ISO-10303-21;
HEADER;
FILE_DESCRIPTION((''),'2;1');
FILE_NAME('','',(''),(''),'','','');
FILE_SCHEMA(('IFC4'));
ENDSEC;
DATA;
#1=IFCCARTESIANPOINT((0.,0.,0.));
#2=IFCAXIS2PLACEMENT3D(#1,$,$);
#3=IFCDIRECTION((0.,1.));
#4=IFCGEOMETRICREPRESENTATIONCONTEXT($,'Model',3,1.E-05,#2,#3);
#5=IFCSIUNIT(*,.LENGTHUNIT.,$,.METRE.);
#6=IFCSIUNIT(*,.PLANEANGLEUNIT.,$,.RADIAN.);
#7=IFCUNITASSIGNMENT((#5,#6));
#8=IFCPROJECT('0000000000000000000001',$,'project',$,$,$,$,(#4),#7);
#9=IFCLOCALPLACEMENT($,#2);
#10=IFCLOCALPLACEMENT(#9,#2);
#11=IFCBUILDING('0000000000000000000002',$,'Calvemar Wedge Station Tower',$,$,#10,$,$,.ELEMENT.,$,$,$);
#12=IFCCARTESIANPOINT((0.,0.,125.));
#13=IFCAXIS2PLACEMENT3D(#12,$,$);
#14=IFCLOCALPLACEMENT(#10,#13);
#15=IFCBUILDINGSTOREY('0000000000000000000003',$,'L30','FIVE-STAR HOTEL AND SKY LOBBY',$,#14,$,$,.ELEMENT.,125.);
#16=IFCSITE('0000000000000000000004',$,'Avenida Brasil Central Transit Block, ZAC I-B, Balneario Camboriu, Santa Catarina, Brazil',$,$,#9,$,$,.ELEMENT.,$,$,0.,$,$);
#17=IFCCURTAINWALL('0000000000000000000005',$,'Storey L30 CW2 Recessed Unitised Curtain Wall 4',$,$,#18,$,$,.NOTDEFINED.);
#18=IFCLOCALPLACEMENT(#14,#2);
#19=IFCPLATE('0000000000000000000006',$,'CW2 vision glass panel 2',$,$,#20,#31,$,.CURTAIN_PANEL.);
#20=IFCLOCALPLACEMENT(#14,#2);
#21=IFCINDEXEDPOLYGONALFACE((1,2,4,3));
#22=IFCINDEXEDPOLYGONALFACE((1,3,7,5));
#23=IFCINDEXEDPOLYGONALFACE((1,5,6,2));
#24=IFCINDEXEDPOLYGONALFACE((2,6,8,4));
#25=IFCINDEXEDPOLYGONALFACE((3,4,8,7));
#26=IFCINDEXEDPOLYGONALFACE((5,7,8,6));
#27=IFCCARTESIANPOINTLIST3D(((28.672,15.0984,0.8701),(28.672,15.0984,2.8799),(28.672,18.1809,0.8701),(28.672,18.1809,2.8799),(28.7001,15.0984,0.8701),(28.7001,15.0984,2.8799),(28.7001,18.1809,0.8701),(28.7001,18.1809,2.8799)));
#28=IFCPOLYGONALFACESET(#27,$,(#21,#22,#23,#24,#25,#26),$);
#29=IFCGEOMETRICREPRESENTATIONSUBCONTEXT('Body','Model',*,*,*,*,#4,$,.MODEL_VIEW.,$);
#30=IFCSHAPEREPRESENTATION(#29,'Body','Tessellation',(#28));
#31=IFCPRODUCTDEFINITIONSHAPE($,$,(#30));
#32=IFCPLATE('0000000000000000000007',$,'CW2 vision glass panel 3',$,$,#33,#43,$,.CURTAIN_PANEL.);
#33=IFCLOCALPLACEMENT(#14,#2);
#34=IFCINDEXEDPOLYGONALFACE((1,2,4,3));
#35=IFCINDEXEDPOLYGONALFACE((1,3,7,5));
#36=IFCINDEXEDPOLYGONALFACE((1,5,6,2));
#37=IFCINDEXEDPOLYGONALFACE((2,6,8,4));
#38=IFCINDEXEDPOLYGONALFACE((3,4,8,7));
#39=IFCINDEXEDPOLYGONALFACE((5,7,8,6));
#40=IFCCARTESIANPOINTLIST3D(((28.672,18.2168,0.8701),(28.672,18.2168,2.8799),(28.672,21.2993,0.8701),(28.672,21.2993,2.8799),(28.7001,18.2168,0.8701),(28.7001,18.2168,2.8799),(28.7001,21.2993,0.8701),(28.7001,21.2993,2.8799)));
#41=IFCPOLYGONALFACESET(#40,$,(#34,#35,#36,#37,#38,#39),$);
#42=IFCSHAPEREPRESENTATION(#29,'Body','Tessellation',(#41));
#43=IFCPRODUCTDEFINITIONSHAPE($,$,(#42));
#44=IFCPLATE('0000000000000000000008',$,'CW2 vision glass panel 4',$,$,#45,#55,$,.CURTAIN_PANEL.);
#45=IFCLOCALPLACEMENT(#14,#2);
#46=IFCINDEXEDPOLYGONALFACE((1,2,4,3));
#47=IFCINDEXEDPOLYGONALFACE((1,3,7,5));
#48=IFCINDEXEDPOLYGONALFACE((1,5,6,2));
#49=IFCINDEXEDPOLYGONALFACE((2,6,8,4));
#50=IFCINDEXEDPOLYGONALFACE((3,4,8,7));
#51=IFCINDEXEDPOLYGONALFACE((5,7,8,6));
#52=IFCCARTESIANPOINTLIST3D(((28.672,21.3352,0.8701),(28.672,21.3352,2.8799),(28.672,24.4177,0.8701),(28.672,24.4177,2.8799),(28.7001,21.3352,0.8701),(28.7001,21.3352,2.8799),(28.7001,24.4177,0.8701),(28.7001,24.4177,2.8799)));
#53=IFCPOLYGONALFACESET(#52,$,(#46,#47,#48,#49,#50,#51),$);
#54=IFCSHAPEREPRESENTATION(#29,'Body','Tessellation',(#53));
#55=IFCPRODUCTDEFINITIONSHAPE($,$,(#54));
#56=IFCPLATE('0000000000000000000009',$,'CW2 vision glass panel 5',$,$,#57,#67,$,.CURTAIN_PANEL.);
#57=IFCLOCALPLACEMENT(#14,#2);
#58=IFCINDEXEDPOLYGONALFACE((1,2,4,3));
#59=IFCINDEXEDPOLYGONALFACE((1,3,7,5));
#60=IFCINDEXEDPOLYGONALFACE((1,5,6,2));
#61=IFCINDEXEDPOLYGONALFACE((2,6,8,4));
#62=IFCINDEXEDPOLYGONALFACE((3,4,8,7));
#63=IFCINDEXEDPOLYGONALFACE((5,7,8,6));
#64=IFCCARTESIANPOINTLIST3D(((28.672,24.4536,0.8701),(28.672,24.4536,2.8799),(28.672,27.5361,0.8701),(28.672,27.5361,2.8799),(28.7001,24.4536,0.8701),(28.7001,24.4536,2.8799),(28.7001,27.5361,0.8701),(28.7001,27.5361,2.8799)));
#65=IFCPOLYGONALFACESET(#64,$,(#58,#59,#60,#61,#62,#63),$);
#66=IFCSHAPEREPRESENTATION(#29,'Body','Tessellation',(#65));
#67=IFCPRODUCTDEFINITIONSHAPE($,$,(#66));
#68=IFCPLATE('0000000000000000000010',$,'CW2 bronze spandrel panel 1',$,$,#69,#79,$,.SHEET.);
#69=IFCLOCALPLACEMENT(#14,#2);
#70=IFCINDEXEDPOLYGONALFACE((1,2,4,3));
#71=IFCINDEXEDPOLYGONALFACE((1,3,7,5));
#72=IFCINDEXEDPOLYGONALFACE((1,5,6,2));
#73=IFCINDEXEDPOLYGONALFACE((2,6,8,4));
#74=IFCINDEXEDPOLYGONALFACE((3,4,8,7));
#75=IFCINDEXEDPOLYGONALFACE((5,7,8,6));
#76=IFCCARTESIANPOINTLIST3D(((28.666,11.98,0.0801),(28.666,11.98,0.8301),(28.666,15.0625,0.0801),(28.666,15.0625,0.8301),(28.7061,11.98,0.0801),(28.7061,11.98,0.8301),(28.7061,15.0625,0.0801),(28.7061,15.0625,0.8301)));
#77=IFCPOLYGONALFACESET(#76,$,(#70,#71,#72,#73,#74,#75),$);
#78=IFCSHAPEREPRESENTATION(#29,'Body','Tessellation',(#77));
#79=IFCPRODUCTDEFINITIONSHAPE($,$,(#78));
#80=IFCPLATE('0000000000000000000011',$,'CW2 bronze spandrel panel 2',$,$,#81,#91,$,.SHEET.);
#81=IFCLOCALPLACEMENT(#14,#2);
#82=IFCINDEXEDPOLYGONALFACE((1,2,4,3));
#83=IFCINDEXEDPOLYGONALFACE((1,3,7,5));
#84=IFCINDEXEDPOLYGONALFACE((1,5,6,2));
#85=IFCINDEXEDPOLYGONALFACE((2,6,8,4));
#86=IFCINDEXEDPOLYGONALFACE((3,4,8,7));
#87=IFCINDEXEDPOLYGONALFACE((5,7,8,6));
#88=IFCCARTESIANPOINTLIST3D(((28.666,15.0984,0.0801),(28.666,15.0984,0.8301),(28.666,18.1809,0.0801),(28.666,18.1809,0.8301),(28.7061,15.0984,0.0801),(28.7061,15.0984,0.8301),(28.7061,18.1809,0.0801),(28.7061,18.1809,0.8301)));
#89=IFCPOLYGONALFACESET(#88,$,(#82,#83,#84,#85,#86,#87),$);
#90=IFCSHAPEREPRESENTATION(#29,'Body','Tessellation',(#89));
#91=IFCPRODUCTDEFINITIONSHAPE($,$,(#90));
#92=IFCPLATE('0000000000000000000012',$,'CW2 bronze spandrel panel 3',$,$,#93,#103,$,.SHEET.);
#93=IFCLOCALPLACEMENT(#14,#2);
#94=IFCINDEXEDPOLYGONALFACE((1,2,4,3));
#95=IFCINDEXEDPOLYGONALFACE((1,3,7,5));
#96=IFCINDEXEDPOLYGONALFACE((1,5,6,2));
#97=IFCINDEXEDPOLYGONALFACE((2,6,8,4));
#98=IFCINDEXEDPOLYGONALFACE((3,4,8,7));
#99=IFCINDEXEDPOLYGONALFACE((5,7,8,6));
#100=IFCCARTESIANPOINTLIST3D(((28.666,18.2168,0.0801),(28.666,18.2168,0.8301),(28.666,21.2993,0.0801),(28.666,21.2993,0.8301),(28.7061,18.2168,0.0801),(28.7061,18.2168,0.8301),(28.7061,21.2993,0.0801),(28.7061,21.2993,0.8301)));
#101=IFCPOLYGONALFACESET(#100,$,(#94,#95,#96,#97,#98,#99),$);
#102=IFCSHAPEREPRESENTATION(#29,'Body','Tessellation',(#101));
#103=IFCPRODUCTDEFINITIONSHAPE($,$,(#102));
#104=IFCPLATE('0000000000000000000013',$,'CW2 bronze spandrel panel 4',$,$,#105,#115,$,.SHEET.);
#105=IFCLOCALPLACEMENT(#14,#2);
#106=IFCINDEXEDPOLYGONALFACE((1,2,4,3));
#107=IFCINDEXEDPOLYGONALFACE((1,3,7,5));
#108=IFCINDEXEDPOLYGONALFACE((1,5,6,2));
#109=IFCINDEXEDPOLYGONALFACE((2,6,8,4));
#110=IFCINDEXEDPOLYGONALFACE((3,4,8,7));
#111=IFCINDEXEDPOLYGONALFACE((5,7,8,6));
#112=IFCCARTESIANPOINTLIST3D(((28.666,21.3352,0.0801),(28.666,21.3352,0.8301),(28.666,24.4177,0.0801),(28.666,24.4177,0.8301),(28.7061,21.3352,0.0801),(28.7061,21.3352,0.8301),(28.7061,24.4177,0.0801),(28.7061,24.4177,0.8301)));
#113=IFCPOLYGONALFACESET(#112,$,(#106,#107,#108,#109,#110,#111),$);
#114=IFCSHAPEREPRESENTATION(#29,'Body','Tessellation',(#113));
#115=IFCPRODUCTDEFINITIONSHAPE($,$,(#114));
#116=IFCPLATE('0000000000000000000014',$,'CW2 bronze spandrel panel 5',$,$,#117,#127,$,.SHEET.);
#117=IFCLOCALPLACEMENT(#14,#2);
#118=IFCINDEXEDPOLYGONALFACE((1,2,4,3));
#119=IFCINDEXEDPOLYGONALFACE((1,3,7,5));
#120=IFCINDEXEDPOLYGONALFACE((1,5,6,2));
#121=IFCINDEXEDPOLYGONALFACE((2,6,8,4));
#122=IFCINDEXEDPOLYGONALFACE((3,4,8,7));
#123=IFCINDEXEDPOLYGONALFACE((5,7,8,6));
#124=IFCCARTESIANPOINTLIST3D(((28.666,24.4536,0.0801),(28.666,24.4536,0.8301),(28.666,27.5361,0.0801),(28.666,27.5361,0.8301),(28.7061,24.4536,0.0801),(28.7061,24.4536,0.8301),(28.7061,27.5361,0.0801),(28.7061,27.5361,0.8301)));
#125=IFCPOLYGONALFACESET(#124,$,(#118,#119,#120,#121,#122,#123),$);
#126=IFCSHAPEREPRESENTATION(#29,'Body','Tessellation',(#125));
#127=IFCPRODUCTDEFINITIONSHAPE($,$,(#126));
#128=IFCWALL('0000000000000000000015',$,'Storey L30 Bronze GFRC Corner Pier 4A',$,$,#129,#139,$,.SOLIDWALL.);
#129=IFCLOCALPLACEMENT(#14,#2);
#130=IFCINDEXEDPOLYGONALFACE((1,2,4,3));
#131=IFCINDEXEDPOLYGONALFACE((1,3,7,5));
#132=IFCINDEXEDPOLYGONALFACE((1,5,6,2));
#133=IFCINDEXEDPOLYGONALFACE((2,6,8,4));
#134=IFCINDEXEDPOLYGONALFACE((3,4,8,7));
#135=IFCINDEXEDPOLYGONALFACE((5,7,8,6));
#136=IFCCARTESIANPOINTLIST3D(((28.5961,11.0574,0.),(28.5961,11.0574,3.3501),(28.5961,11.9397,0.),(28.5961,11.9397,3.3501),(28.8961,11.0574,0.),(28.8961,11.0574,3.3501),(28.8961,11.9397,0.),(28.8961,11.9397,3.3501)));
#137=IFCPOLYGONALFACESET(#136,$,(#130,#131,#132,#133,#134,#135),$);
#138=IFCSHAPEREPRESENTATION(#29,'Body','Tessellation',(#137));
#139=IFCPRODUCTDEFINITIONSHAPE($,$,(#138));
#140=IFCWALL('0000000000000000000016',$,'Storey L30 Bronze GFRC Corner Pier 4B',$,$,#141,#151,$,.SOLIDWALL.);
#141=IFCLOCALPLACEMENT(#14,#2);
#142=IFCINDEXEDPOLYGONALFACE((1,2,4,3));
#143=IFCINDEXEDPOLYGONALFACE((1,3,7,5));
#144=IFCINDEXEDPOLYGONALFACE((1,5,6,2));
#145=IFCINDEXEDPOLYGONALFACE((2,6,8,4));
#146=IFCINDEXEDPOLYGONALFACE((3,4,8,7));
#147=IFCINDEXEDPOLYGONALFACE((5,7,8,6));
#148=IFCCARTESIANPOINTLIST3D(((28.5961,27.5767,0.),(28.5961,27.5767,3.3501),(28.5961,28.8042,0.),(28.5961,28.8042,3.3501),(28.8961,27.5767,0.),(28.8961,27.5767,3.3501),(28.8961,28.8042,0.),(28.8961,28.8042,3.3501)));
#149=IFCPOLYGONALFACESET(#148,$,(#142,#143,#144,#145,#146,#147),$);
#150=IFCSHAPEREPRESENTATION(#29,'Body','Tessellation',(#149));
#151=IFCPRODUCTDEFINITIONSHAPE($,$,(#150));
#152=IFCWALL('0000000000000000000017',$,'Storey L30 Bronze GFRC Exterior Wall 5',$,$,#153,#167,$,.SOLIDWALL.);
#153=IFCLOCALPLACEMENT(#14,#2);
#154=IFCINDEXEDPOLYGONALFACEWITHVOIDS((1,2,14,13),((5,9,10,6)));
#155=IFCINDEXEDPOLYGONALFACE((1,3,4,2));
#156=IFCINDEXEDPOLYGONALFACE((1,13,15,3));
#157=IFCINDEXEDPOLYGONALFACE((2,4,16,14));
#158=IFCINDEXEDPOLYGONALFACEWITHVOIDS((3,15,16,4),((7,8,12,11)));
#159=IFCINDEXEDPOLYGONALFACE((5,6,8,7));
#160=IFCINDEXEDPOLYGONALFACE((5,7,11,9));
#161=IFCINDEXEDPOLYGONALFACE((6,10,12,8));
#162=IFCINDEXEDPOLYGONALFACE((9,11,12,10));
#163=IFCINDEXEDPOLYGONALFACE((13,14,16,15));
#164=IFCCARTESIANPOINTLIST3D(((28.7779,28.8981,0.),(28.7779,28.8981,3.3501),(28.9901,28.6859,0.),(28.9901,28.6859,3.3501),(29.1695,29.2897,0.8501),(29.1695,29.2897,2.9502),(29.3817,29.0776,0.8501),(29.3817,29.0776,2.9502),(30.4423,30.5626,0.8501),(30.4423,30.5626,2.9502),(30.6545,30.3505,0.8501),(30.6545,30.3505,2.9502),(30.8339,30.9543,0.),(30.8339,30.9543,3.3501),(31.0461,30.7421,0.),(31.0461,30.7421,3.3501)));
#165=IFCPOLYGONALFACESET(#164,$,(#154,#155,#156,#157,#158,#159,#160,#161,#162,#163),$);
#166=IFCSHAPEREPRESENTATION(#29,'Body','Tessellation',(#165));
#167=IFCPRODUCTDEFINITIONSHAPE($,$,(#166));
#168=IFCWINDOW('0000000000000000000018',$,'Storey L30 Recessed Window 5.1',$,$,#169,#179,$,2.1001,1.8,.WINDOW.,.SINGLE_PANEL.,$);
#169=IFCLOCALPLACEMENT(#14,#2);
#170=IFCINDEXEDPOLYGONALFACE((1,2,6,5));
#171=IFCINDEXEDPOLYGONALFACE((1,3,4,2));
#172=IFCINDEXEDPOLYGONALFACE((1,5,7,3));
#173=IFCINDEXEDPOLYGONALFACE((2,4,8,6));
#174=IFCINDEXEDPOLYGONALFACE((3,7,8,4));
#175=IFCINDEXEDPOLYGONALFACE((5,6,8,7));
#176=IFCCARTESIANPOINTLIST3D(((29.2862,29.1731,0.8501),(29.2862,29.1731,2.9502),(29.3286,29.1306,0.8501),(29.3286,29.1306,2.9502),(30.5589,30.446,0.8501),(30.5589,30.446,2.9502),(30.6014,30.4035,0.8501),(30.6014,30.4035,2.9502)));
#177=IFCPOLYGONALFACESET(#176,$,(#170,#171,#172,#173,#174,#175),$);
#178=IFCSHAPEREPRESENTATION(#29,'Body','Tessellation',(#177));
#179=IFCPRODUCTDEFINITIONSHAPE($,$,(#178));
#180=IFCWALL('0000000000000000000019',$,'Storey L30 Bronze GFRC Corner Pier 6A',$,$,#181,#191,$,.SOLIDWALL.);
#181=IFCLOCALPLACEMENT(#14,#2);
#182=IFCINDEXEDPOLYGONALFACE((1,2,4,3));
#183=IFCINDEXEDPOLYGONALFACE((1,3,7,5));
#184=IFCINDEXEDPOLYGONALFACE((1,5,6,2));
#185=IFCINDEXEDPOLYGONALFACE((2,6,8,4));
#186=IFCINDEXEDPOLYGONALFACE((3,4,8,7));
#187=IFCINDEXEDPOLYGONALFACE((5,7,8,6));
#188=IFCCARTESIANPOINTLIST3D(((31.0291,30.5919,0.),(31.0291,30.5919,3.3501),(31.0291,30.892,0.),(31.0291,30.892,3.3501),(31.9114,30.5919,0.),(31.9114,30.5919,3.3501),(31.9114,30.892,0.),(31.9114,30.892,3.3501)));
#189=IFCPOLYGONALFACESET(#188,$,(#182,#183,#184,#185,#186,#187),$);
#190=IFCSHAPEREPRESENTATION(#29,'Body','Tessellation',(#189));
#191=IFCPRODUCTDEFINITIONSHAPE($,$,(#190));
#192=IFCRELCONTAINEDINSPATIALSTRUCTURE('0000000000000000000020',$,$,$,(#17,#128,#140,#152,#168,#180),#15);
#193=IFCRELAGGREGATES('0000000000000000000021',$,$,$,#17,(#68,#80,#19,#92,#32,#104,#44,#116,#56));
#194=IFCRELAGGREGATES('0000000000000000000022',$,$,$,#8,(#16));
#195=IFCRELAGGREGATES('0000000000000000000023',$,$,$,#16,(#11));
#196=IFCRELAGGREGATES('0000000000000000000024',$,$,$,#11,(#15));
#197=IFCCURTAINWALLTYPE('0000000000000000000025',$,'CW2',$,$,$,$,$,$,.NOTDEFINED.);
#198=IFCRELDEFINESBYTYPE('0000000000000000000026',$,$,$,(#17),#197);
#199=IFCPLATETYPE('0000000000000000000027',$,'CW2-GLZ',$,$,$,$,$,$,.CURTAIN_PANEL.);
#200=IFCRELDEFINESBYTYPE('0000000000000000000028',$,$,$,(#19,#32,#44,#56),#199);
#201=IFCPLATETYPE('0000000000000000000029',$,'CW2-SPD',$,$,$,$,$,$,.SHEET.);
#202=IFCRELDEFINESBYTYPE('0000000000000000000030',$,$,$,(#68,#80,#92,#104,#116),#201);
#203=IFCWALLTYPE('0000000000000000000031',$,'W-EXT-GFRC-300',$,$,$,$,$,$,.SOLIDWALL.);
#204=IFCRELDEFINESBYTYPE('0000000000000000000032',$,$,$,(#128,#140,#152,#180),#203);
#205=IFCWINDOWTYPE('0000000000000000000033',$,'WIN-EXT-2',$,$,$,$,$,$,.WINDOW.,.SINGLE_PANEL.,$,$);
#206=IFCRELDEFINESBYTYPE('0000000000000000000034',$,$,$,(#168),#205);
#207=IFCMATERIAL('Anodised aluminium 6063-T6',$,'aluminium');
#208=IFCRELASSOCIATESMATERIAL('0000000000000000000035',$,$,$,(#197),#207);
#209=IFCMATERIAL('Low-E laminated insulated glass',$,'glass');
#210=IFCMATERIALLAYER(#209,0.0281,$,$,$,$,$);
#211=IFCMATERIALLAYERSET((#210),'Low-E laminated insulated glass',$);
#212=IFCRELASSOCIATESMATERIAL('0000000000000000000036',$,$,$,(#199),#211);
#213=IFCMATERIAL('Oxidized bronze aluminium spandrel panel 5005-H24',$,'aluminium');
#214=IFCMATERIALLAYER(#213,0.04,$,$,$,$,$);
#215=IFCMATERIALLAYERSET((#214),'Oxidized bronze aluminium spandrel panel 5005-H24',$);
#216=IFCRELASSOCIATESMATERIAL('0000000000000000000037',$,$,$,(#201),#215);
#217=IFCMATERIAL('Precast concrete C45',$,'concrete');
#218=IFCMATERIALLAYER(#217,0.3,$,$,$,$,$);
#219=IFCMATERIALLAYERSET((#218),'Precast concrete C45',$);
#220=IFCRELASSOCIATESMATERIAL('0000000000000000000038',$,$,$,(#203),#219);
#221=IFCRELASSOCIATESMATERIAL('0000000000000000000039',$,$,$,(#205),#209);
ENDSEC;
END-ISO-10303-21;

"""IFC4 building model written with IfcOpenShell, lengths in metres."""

from ifc_helpers import new_model, si_unit, direction, frame, frame_2d, origin, place, context, subcontext, project, spatial, rectangle, extrude, source, transform, mapped, material, layer, layer_set, type_object, element, fill, aggregate, save


model = new_model("IFC4")

# Units and contexts
model_context = context("Model", 3, precision=1e-05, world=origin(), true_north=direction((0.0, 1.0)))
body_context = subcontext(model_context, "Body", "Model", "MODEL_VIEW")
ifc_project = project(units=[si_unit("LENGTHUNIT", "METRE"), si_unit("PLANEANGLEUNIT", "RADIAN")], contexts=[model_context])

# Site, building, storey
site_placement = place(None, origin())
site = spatial("IfcSite", under=ifc_project, at=site_placement, Name="Avenida Brasil Central Transit Block, ZAC I-B, Balneario Camboriu, Santa Catarina, Brazil", CompositionType="ELEMENT", RefElevation=0.0)
building_placement = place(site_placement, origin())
building = spatial("IfcBuilding", under=site, at=building_placement, Name="Calvemar Wedge Station Tower", CompositionType="ELEMENT")
storey_placement = place(building_placement, frame((0.0, 0.0, 125.0)))
storey = spatial("IfcBuildingStorey", under=building, at=storey_placement, Name="L30", Description="FIVE-STAR HOTEL AND SKY LOBBY", CompositionType="ELEMENT", Elevation=125.0)

# Curtain wall
ifc_material_1 = material(Name="Anodised aluminium 6063-T6", Category="aluminium")
curtain_wall_type = type_object("IfcCurtainWallType", Name="CW2", PredefinedType="NOTDEFINED", material=ifc_material_1)
curtain_wall_1_placement = place(storey_placement, origin())
curtain_wall_1 = element("IfcCurtainWall", 1, at=curtain_wall_1_placement, inside=storey, type_object=curtain_wall_type, Name="Storey L30 CW2 Recessed Unitised Curtain Wall 4", PredefinedType="NOTDEFINED")

# Plates
ifc_material_2 = material(Name="Low-E laminated insulated glass", Category="glass")
ifc_layer_1 = layer(ifc_material_2, 0.0281)
ifc_layer_set_1 = layer_set([ifc_layer_1], Name="Low-E laminated insulated glass")
plate_type_1 = type_object("IfcPlateType", Name="CW2-GLZ", PredefinedType="CURTAIN_PANEL", material=ifc_layer_set_1)
plate_1_placement = place(storey_placement, frame((28.686, 15.0984, 0.8701), z_axis=(0.0, 0.0, 1.0), x_axis=(0.0, 1.0, 0.0)))
plate_1 = element("IfcPlate", 2, at=plate_1_placement, type_object=plate_type_1, Name="CW2 vision glass panel 2", PredefinedType="CURTAIN_PANEL", context=body_context, shape_type="SweptSolid", body=[
    extrude(rectangle(XDim=3.0825, YDim=0.0281, at=frame_2d((1.5413, 0.0))), origin(), (0.0, 0.0, 1.0), 2.0098),
])
plate_2_placement = place(storey_placement, frame((28.686, 18.2168, 0.8701), z_axis=(0.0, 0.0, 1.0), x_axis=(0.0, 1.0, 0.0)))
plate_2 = element("IfcPlate", 3, at=plate_2_placement, type_object=plate_type_1, Name="CW2 vision glass panel 3", PredefinedType="CURTAIN_PANEL", context=body_context, shape_type="SweptSolid", body=[
    extrude(rectangle(XDim=3.0825, YDim=0.0281, at=frame_2d((1.5413, 0.0))), origin(), (0.0, 0.0, 1.0), 2.0098),
])
plate_3_placement = place(storey_placement, frame((28.686, 21.3352, 0.8701), z_axis=(0.0, 0.0, 1.0), x_axis=(0.0, 1.0, 0.0)))
plate_3 = element("IfcPlate", 4, at=plate_3_placement, type_object=plate_type_1, Name="CW2 vision glass panel 4", PredefinedType="CURTAIN_PANEL", context=body_context, shape_type="SweptSolid", body=[
    extrude(rectangle(XDim=3.0825, YDim=0.0281, at=frame_2d((1.5413, 0.0))), origin(), (0.0, 0.0, 1.0), 2.0098),
])
plate_4_placement = place(storey_placement, frame((28.686, 24.4536, 0.8701), z_axis=(0.0, 0.0, 1.0), x_axis=(0.0, 1.0, 0.0)))
plate_4 = element("IfcPlate", 5, at=plate_4_placement, type_object=plate_type_1, Name="CW2 vision glass panel 5", PredefinedType="CURTAIN_PANEL", context=body_context, shape_type="SweptSolid", body=[
    extrude(rectangle(XDim=3.0825, YDim=0.0281, at=frame_2d((1.5413, 0.0))), origin(), (0.0, 0.0, 1.0), 2.0098),
])
ifc_material_3 = material(Name="Oxidized bronze aluminium spandrel panel 5005-H24", Category="aluminium")
ifc_layer_2 = layer(ifc_material_3, 0.04)
ifc_layer_set_2 = layer_set([ifc_layer_2], Name="Oxidized bronze aluminium spandrel panel 5005-H24")
plate_type_2 = type_object("IfcPlateType", Name="CW2-SPD", PredefinedType="SHEET", material=ifc_layer_set_2)
plate_5_placement = place(storey_placement, frame((28.686, 11.98, 0.0801), z_axis=(0.0, 0.0, 1.0), x_axis=(0.0, 1.0, 0.0)))
plate_5 = element("IfcPlate", 6, at=plate_5_placement, type_object=plate_type_2, Name="CW2 bronze spandrel panel 1", PredefinedType="SHEET", context=body_context, shape_type="SweptSolid", body=[
    extrude(rectangle(XDim=3.0825, YDim=0.04, at=frame_2d((1.5413, 0.0))), origin(), (0.0, 0.0, 1.0), 0.75),
])
plate_6_placement = place(storey_placement, frame((28.686, 15.0984, 0.0801), z_axis=(0.0, 0.0, 1.0), x_axis=(0.0, 1.0, 0.0)))
plate_6 = element("IfcPlate", 7, at=plate_6_placement, type_object=plate_type_2, Name="CW2 bronze spandrel panel 2", PredefinedType="SHEET", context=body_context, shape_type="SweptSolid", body=[
    extrude(rectangle(XDim=3.0825, YDim=0.04, at=frame_2d((1.5413, 0.0))), origin(), (0.0, 0.0, 1.0), 0.75),
])
plate_7_placement = place(storey_placement, frame((28.686, 18.2168, 0.0801), z_axis=(0.0, 0.0, 1.0), x_axis=(0.0, 1.0, 0.0)))
plate_7 = element("IfcPlate", 8, at=plate_7_placement, type_object=plate_type_2, Name="CW2 bronze spandrel panel 3", PredefinedType="SHEET", context=body_context, shape_type="SweptSolid", body=[
    extrude(rectangle(XDim=3.0825, YDim=0.04, at=frame_2d((1.5413, 0.0))), origin(), (0.0, 0.0, 1.0), 0.75),
])
plate_8_placement = place(storey_placement, frame((28.686, 21.3352, 0.0801), z_axis=(0.0, 0.0, 1.0), x_axis=(0.0, 1.0, 0.0)))
plate_8 = element("IfcPlate", 9, at=plate_8_placement, type_object=plate_type_2, Name="CW2 bronze spandrel panel 4", PredefinedType="SHEET", context=body_context, shape_type="SweptSolid", body=[
    extrude(rectangle(XDim=3.0825, YDim=0.04, at=frame_2d((1.5413, 0.0))), origin(), (0.0, 0.0, 1.0), 0.75),
])
plate_9_placement = place(storey_placement, frame((28.686, 24.4536, 0.0801), z_axis=(0.0, 0.0, 1.0), x_axis=(0.0, 1.0, 0.0)))
plate_9 = element("IfcPlate", 10, at=plate_9_placement, type_object=plate_type_2, Name="CW2 bronze spandrel panel 5", PredefinedType="SHEET", context=body_context, shape_type="SweptSolid", body=[
    extrude(rectangle(XDim=3.0825, YDim=0.04, at=frame_2d((1.5413, 0.0))), origin(), (0.0, 0.0, 1.0), 0.75),
])
aggregate(curtain_wall_1, [plate_5, plate_6, plate_1, plate_7, plate_2, plate_8, plate_3, plate_9, plate_4])

# Walls
ifc_material_4 = material(Name="Precast concrete C45", Category="concrete")
ifc_layer_3 = layer(ifc_material_4, 0.3)
ifc_layer_set_3 = layer_set([ifc_layer_3], Name="Precast concrete C45")
wall_type = type_object("IfcWallType", Name="W-EXT-GFRC-300", PredefinedType="SOLIDWALL", material=ifc_layer_set_3)
wall_1_placement = place(storey_placement, frame((28.7461, 11.0574, 0.0), z_axis=(0.0, 0.0, 1.0), x_axis=(0.0, 1.0, 0.0)))
element("IfcWall", 11, at=wall_1_placement, inside=storey, type_object=wall_type, Name="Storey L30 Bronze GFRC Corner Pier 4A", PredefinedType="SOLIDWALL", context=body_context, shape_type="SweptSolid", body=[
    extrude(rectangle(XDim=0.8823, YDim=0.3, at=frame_2d((0.4412, 0.0))), origin(), (0.0, 0.0, 1.0), 3.3501),
])
wall_2_placement = place(storey_placement, frame((28.7461, 27.5767, 0.0), z_axis=(0.0, 0.0, 1.0), x_axis=(0.0, 1.0, 0.0)))
element("IfcWall", 12, at=wall_2_placement, inside=storey, type_object=wall_type, Name="Storey L30 Bronze GFRC Corner Pier 4B", PredefinedType="SOLIDWALL", context=body_context, shape_type="SweptSolid", body=[
    extrude(rectangle(XDim=1.2275, YDim=0.3, at=frame_2d((0.6138, 0.0))), origin(), (0.0, 0.0, 1.0), 3.3501),
])

# Wall, opening, window
wall_3_placement = place(storey_placement, frame((28.884, 28.792, 0.0), z_axis=(0.0, 0.0, 1.0), x_axis=(0.707065, 0.707149, 0.0)))
wall_3 = element("IfcWall", 13, at=wall_3_placement, inside=storey, type_object=wall_type, Name="Storey L30 Bronze GFRC Exterior Wall 5", PredefinedType="SOLIDWALL", context=body_context, shape_type="SweptSolid", body=[
    extrude(rectangle(XDim=2.9077, YDim=0.3, at=frame_2d((1.4539, 0.0))), origin(), (0.0, 0.0, 1.0), 3.3501),
])
shared_shape_1 = source(origin(), body_context, "Body", "SweptSolid", [
    extrude(rectangle(XDim=1.8, YDim=2.1001, at=frame_2d((0.8999, 1.05))), frame((0.0, 0.1602, 0.0), z_axis=(0.0, -1.0, 0.0), x_axis=(1.0, 0.0, 0.0)), (0.0, 0.0, 1.0), 0.3201),
])
opening_placement = place(wall_3_placement, frame((0.554, 0.0, 0.8501)))
opening = element("IfcOpeningElement", 14, at=opening_placement, cuts=wall_3, PredefinedType="OPENING", context=body_context, shape_type="MappedRepresentation", body=[
    mapped(shared_shape_1, transform((0.0, 0.0, 0.0), scale=1.0)),
])
window_type = type_object("IfcWindowType", Name="WIN-EXT-2", PartitioningType="SINGLE_PANEL", PredefinedType="WINDOW", material=ifc_material_2)
shared_shape_2 = source(origin(), body_context, "Body", "SweptSolid", [
    extrude(rectangle(XDim=1.8, YDim=2.1001, at=frame_2d((0.8999, 1.05))), frame((0.0, -0.0149, 0.0), z_axis=(0.0, -1.0, 0.0), x_axis=(1.0, 0.0, 0.0)), (0.0, 0.0, 1.0), 0.0601),
])
window_placement = place(opening_placement, origin())
window = element("IfcWindow", 15, at=window_placement, inside=storey, type_object=window_type, Name="Storey L30 Recessed Window 5.1", OverallHeight=2.1001, OverallWidth=1.8, PartitioningType="SINGLE_PANEL", PredefinedType="WINDOW", context=body_context, shape_type="MappedRepresentation", body=[
    mapped(shared_shape_2, transform((0.0, 0.0, 0.0), scale=1.0)),
])
fill(opening, window)

# Wall
wall_4_placement = place(storey_placement, frame((31.0291, 30.7419, 0.0), z_axis=(0.0, 0.0, 1.0), x_axis=(1.0, 0.0, 0.0)))
element("IfcWall", 16, at=wall_4_placement, inside=storey, type_object=wall_type, Name="Storey L30 Bronze GFRC Corner Pier 6A", PredefinedType="SOLIDWALL", context=body_context, shape_type="SweptSolid", body=[
    extrude(rectangle(XDim=0.8823, YDim=0.3, at=frame_2d((0.4412, 0.0))), origin(), (0.0, 0.0, 1.0), 3.3501),
])

save(model, "model.ifc")
